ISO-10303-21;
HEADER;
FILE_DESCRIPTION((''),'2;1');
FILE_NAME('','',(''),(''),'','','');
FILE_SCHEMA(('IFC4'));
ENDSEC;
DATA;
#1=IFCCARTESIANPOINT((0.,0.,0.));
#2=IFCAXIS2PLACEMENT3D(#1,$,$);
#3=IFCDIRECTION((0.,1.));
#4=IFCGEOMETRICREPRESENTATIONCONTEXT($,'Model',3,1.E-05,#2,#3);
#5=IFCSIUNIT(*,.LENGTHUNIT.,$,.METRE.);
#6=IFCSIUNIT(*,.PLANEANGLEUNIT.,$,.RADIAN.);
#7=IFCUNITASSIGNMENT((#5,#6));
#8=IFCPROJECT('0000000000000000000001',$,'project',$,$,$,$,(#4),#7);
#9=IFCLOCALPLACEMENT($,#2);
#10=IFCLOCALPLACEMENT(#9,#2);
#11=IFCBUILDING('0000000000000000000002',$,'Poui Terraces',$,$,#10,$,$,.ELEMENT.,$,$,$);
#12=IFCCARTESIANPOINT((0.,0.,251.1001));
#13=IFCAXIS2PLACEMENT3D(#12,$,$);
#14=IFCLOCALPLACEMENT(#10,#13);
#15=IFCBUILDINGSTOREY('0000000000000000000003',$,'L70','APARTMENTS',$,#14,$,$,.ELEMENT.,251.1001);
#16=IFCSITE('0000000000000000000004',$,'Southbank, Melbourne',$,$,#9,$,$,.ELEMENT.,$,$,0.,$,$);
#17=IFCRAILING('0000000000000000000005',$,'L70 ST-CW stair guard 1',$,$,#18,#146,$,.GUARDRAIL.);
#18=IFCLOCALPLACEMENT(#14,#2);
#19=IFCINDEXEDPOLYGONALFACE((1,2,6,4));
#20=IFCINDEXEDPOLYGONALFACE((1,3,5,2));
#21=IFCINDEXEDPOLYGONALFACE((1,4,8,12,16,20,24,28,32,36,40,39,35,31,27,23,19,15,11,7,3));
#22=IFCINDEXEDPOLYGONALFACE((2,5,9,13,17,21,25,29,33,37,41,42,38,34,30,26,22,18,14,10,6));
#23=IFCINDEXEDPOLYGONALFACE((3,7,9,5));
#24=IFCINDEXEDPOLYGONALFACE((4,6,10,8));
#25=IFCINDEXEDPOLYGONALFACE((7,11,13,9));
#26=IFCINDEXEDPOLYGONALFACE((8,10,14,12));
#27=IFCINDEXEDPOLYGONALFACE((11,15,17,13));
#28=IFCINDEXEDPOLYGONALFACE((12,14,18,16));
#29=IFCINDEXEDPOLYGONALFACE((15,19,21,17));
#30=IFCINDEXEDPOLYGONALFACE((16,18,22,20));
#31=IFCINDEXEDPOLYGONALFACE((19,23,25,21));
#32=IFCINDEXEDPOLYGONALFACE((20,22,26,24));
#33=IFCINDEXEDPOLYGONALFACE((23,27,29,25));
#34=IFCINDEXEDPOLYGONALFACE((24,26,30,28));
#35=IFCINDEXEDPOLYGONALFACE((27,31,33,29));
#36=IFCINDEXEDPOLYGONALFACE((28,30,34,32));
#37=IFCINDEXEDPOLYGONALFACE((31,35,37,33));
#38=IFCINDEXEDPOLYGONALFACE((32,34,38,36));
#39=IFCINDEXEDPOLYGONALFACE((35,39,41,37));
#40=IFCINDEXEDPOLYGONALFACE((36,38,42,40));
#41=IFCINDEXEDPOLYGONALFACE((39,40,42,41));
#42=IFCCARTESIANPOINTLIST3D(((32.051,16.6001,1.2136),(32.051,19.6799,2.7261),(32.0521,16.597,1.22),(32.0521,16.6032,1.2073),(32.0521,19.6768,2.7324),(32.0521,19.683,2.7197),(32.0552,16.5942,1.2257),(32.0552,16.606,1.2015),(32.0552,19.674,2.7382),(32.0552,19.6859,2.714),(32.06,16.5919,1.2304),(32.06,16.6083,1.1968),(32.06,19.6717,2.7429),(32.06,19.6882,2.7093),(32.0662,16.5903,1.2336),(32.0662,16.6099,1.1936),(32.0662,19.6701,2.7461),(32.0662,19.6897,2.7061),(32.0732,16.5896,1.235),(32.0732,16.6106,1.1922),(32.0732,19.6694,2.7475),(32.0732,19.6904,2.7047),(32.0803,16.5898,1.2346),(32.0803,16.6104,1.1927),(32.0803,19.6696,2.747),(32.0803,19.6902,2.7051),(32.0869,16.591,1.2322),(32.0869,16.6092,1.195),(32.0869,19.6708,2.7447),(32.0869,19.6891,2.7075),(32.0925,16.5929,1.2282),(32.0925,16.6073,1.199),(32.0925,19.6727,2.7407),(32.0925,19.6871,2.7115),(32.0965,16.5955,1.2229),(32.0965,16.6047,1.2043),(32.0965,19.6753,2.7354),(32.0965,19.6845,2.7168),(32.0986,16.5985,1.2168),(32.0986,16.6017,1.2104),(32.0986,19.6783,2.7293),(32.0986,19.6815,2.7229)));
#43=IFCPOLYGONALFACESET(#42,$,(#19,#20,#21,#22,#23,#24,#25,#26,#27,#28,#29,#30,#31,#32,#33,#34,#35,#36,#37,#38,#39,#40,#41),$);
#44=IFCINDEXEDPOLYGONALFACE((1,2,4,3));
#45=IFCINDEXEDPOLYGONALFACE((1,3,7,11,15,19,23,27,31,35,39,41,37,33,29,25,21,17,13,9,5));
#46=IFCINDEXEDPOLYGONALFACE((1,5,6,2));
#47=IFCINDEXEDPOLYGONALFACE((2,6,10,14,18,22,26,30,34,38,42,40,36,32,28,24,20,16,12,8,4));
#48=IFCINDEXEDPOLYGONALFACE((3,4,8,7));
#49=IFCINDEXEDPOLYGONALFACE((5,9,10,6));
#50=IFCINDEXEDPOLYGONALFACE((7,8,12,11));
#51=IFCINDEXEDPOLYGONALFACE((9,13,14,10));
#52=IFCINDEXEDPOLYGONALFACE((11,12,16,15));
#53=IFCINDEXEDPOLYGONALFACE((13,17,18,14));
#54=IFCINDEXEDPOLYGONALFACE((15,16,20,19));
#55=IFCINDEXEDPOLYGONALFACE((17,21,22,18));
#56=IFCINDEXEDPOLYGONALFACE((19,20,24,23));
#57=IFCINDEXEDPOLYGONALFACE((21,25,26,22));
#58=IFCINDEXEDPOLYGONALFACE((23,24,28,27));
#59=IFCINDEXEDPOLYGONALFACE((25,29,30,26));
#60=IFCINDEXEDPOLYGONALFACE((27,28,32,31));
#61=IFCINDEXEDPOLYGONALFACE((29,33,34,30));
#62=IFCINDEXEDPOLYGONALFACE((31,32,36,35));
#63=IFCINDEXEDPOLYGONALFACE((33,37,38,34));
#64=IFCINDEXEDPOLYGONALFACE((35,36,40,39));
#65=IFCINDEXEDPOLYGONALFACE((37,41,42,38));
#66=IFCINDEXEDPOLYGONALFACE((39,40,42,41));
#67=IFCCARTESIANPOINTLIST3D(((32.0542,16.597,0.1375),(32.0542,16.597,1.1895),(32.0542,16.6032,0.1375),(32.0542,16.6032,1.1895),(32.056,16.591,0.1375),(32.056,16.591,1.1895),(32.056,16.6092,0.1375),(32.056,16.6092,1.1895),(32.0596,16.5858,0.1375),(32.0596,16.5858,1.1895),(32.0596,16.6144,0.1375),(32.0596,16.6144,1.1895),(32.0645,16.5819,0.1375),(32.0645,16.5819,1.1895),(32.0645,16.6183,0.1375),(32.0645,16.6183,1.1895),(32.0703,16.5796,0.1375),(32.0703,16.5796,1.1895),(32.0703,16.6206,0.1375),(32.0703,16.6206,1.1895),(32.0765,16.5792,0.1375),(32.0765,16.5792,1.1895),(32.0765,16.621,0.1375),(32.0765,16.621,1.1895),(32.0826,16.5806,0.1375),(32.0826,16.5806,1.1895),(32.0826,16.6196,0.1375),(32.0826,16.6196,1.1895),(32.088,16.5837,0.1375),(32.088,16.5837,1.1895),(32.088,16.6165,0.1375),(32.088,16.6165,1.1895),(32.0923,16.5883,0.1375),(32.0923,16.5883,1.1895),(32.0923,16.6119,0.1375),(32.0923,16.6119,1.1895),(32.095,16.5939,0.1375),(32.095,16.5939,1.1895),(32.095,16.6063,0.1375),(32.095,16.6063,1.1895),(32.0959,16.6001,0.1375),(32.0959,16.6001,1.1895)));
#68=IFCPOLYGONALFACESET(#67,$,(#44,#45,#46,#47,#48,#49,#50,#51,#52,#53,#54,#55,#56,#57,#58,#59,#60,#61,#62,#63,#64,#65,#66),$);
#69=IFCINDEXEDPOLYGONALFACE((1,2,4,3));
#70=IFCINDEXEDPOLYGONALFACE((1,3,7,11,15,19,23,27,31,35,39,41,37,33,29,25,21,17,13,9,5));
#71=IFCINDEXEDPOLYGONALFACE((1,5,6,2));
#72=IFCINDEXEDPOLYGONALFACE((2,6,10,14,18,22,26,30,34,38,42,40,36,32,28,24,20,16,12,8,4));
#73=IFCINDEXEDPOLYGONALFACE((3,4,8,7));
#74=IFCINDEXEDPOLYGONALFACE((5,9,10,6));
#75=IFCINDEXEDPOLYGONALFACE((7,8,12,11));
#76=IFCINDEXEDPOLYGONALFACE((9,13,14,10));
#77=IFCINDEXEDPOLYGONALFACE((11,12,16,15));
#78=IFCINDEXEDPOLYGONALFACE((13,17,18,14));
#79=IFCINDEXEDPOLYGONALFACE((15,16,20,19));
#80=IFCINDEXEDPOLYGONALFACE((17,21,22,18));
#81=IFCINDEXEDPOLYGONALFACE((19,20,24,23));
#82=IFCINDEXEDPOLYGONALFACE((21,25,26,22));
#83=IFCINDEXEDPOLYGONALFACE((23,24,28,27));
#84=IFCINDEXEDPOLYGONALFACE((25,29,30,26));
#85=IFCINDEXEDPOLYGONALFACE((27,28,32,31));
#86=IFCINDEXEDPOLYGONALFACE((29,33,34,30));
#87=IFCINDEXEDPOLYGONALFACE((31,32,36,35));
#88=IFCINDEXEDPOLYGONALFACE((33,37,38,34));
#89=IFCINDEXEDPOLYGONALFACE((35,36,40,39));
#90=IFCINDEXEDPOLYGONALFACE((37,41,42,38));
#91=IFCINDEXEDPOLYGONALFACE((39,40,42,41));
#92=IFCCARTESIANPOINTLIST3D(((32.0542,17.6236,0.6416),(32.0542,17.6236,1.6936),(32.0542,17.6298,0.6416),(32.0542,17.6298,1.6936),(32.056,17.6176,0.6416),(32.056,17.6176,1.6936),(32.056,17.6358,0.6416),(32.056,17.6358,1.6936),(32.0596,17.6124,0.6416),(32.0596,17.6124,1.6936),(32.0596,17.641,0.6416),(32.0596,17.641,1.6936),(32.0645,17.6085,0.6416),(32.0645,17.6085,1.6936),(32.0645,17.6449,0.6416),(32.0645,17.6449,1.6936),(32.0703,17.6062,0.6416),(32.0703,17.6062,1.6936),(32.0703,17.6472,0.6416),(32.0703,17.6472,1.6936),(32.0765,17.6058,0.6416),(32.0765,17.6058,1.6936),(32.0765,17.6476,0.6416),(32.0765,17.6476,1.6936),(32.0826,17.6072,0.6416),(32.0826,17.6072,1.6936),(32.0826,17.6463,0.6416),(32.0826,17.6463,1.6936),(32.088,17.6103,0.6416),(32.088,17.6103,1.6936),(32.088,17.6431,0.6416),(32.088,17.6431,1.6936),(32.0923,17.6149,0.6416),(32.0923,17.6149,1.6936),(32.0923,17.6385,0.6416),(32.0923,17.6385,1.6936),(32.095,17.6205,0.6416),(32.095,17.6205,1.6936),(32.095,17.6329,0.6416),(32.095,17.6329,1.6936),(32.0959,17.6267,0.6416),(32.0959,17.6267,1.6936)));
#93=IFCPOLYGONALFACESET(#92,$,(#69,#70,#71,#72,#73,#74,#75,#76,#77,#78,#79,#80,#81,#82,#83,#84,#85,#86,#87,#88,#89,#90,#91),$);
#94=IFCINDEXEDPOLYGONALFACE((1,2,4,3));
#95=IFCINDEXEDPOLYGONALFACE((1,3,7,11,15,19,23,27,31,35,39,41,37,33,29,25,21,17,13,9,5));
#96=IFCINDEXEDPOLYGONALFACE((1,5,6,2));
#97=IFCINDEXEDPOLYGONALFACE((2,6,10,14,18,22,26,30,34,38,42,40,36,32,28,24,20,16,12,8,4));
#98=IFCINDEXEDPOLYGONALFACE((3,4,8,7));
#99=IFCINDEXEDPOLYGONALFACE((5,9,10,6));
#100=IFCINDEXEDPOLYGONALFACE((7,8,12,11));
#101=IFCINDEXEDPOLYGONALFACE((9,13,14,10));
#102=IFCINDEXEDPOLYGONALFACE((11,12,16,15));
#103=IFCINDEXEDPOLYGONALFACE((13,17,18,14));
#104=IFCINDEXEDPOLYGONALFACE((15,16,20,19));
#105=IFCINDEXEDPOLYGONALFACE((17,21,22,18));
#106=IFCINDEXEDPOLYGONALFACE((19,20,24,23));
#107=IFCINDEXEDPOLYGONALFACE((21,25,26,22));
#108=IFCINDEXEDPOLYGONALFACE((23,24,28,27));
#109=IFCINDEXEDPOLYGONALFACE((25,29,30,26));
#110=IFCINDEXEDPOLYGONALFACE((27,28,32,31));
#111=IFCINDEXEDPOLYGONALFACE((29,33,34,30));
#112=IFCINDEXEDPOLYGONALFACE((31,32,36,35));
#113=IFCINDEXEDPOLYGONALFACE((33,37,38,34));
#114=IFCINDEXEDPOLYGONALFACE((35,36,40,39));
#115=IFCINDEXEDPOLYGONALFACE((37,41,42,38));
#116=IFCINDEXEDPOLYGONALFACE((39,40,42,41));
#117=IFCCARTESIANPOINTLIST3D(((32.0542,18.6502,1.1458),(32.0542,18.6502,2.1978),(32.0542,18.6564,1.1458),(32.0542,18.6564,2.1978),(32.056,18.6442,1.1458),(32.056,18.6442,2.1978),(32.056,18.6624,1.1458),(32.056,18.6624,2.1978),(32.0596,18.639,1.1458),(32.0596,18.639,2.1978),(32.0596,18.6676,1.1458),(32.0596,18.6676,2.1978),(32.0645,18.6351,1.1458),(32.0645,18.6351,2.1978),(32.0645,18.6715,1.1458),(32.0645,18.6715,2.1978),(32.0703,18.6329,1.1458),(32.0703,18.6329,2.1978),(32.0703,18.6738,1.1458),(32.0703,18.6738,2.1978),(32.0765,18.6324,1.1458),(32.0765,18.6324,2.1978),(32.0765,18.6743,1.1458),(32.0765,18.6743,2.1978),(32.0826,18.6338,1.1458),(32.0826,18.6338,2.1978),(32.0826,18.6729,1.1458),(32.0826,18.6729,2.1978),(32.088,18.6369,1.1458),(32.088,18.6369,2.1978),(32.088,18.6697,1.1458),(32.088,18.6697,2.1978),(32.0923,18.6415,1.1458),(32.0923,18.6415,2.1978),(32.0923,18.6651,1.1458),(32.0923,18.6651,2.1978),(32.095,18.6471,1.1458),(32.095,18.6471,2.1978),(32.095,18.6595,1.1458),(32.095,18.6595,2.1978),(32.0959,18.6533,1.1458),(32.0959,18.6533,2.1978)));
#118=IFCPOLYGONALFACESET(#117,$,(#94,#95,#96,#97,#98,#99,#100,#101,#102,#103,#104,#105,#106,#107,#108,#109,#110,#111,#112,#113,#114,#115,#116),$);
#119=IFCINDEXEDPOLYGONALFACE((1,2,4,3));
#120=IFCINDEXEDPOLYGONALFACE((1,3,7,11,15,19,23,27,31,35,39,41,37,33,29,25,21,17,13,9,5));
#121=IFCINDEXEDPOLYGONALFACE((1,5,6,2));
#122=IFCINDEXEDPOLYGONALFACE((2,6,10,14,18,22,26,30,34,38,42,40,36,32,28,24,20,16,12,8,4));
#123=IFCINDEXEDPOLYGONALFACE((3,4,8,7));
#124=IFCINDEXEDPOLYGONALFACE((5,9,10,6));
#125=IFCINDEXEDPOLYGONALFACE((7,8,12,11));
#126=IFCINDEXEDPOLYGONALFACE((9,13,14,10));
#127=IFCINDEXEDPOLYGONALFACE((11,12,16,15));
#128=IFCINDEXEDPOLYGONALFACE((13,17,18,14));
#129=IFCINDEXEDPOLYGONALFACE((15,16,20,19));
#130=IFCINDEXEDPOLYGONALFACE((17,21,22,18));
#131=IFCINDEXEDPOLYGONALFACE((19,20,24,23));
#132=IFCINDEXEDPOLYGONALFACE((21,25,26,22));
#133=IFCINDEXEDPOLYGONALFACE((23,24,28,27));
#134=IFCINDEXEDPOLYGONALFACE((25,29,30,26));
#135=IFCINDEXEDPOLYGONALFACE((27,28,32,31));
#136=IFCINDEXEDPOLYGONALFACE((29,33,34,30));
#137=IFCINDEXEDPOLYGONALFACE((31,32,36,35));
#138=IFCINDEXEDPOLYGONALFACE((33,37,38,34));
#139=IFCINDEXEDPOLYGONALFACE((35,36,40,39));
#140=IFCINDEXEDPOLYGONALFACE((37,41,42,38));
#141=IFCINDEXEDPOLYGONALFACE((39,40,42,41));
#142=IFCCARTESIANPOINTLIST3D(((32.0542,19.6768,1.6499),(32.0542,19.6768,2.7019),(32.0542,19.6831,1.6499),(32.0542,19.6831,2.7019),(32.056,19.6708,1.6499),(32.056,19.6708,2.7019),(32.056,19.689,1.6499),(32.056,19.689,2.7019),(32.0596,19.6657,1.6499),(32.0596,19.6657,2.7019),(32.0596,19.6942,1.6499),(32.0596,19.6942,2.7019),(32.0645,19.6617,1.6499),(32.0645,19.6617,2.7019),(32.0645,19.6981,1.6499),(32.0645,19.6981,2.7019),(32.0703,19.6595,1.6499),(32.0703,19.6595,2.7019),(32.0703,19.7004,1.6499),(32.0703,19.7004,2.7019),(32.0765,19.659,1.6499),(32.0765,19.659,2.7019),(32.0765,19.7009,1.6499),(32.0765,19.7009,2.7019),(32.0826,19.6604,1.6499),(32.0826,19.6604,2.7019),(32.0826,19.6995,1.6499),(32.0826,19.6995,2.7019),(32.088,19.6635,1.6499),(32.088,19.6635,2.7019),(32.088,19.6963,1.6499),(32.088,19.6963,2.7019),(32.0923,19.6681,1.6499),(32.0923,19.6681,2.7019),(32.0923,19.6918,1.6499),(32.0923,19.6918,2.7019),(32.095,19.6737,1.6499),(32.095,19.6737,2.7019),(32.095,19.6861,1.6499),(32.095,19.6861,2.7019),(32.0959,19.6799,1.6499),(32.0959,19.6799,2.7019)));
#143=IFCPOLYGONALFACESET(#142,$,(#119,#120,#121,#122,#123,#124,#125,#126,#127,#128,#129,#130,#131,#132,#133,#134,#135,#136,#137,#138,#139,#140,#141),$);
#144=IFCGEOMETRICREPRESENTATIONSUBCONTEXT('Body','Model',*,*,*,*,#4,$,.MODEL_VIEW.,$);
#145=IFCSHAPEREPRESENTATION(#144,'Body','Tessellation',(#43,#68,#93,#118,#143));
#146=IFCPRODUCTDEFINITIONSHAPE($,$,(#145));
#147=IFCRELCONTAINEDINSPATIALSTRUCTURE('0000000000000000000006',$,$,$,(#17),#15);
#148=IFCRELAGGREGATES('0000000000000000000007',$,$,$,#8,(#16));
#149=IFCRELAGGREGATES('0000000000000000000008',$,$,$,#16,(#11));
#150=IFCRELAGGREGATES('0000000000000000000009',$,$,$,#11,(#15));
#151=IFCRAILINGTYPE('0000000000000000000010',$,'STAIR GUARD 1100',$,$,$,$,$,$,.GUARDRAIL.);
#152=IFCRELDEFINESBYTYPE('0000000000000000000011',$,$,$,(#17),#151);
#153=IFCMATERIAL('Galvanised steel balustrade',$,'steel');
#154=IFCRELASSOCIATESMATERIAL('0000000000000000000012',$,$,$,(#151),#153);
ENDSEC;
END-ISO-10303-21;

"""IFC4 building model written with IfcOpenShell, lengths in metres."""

from ifc_helpers import new_model, si_unit, direction, frame, origin, origin_2d, place, context, subcontext, project, spatial, circle, extrude, material, type_object, element, save


model = new_model("IFC4")

# Units and contexts
model_context = context("Model", 3, precision=1e-05, world=origin(), true_north=direction((0.0, 1.0)))
body_context = subcontext(model_context, "Body", "Model", "MODEL_VIEW")
ifc_project = project(units=[si_unit("LENGTHUNIT", "METRE"), si_unit("PLANEANGLEUNIT", "RADIAN")], contexts=[model_context])

# Site, building, storey
site_placement = place(None, origin())
site = spatial("IfcSite", under=ifc_project, at=site_placement, Name="Southbank, Melbourne", CompositionType="ELEMENT", RefElevation=0.0)
building_placement = place(site_placement, origin())
building = spatial("IfcBuilding", under=site, at=building_placement, Name="Poui Terraces", CompositionType="ELEMENT")
storey_placement = place(building_placement, frame((0.0, 0.0, 251.1001)))
storey = spatial("IfcBuildingStorey", under=building, at=storey_placement, Name="L70", Description="APARTMENTS", CompositionType="ELEMENT", Elevation=251.1001)

# Railing
ifc_material_1 = material(Name="Galvanised steel balustrade", Category="steel")
railing_type_1 = type_object("IfcRailingType", Name="STAIR GUARD 1100", PredefinedType="GUARDRAIL", material=ifc_material_1)
railing_1_placement = place(storey_placement, frame((32.075, 16.6001, 0.1375)))
element("IfcRailing", 1, at=railing_1_placement, inside=storey, type_object=railing_type_1, Name="L70 ST-CW stair guard 1", PredefinedType="GUARDRAIL", context=body_context, shape_type="SweptSolid", body=[
    extrude(circle(Radius=0.0239, at=origin_2d()), frame((0.0, 0.0, 1.0762), z_axis=(0.0, 0.897606, 0.440798), x_axis=(-1.0, 0.0, 0.0)), (0.0, 0.0, 1.0), 3.4312),
    extrude(circle(Radius=0.021, at=origin_2d()), origin(), (0.0, 0.0, 1.0), 1.052),
    extrude(circle(Radius=0.021, at=origin_2d()), frame((0.0, 1.0266, 0.5042)), (0.0, 0.0, 1.0), 1.052),
    extrude(circle(Radius=0.021, at=origin_2d()), frame((0.0, 2.0532, 1.0083)), (0.0, 0.0, 1.0), 1.052),
    extrude(circle(Radius=0.021, at=origin_2d()), frame((0.0, 3.0798, 1.5125)), (0.0, 0.0, 1.0), 1.052),
])

save(model, "model.ifc")
